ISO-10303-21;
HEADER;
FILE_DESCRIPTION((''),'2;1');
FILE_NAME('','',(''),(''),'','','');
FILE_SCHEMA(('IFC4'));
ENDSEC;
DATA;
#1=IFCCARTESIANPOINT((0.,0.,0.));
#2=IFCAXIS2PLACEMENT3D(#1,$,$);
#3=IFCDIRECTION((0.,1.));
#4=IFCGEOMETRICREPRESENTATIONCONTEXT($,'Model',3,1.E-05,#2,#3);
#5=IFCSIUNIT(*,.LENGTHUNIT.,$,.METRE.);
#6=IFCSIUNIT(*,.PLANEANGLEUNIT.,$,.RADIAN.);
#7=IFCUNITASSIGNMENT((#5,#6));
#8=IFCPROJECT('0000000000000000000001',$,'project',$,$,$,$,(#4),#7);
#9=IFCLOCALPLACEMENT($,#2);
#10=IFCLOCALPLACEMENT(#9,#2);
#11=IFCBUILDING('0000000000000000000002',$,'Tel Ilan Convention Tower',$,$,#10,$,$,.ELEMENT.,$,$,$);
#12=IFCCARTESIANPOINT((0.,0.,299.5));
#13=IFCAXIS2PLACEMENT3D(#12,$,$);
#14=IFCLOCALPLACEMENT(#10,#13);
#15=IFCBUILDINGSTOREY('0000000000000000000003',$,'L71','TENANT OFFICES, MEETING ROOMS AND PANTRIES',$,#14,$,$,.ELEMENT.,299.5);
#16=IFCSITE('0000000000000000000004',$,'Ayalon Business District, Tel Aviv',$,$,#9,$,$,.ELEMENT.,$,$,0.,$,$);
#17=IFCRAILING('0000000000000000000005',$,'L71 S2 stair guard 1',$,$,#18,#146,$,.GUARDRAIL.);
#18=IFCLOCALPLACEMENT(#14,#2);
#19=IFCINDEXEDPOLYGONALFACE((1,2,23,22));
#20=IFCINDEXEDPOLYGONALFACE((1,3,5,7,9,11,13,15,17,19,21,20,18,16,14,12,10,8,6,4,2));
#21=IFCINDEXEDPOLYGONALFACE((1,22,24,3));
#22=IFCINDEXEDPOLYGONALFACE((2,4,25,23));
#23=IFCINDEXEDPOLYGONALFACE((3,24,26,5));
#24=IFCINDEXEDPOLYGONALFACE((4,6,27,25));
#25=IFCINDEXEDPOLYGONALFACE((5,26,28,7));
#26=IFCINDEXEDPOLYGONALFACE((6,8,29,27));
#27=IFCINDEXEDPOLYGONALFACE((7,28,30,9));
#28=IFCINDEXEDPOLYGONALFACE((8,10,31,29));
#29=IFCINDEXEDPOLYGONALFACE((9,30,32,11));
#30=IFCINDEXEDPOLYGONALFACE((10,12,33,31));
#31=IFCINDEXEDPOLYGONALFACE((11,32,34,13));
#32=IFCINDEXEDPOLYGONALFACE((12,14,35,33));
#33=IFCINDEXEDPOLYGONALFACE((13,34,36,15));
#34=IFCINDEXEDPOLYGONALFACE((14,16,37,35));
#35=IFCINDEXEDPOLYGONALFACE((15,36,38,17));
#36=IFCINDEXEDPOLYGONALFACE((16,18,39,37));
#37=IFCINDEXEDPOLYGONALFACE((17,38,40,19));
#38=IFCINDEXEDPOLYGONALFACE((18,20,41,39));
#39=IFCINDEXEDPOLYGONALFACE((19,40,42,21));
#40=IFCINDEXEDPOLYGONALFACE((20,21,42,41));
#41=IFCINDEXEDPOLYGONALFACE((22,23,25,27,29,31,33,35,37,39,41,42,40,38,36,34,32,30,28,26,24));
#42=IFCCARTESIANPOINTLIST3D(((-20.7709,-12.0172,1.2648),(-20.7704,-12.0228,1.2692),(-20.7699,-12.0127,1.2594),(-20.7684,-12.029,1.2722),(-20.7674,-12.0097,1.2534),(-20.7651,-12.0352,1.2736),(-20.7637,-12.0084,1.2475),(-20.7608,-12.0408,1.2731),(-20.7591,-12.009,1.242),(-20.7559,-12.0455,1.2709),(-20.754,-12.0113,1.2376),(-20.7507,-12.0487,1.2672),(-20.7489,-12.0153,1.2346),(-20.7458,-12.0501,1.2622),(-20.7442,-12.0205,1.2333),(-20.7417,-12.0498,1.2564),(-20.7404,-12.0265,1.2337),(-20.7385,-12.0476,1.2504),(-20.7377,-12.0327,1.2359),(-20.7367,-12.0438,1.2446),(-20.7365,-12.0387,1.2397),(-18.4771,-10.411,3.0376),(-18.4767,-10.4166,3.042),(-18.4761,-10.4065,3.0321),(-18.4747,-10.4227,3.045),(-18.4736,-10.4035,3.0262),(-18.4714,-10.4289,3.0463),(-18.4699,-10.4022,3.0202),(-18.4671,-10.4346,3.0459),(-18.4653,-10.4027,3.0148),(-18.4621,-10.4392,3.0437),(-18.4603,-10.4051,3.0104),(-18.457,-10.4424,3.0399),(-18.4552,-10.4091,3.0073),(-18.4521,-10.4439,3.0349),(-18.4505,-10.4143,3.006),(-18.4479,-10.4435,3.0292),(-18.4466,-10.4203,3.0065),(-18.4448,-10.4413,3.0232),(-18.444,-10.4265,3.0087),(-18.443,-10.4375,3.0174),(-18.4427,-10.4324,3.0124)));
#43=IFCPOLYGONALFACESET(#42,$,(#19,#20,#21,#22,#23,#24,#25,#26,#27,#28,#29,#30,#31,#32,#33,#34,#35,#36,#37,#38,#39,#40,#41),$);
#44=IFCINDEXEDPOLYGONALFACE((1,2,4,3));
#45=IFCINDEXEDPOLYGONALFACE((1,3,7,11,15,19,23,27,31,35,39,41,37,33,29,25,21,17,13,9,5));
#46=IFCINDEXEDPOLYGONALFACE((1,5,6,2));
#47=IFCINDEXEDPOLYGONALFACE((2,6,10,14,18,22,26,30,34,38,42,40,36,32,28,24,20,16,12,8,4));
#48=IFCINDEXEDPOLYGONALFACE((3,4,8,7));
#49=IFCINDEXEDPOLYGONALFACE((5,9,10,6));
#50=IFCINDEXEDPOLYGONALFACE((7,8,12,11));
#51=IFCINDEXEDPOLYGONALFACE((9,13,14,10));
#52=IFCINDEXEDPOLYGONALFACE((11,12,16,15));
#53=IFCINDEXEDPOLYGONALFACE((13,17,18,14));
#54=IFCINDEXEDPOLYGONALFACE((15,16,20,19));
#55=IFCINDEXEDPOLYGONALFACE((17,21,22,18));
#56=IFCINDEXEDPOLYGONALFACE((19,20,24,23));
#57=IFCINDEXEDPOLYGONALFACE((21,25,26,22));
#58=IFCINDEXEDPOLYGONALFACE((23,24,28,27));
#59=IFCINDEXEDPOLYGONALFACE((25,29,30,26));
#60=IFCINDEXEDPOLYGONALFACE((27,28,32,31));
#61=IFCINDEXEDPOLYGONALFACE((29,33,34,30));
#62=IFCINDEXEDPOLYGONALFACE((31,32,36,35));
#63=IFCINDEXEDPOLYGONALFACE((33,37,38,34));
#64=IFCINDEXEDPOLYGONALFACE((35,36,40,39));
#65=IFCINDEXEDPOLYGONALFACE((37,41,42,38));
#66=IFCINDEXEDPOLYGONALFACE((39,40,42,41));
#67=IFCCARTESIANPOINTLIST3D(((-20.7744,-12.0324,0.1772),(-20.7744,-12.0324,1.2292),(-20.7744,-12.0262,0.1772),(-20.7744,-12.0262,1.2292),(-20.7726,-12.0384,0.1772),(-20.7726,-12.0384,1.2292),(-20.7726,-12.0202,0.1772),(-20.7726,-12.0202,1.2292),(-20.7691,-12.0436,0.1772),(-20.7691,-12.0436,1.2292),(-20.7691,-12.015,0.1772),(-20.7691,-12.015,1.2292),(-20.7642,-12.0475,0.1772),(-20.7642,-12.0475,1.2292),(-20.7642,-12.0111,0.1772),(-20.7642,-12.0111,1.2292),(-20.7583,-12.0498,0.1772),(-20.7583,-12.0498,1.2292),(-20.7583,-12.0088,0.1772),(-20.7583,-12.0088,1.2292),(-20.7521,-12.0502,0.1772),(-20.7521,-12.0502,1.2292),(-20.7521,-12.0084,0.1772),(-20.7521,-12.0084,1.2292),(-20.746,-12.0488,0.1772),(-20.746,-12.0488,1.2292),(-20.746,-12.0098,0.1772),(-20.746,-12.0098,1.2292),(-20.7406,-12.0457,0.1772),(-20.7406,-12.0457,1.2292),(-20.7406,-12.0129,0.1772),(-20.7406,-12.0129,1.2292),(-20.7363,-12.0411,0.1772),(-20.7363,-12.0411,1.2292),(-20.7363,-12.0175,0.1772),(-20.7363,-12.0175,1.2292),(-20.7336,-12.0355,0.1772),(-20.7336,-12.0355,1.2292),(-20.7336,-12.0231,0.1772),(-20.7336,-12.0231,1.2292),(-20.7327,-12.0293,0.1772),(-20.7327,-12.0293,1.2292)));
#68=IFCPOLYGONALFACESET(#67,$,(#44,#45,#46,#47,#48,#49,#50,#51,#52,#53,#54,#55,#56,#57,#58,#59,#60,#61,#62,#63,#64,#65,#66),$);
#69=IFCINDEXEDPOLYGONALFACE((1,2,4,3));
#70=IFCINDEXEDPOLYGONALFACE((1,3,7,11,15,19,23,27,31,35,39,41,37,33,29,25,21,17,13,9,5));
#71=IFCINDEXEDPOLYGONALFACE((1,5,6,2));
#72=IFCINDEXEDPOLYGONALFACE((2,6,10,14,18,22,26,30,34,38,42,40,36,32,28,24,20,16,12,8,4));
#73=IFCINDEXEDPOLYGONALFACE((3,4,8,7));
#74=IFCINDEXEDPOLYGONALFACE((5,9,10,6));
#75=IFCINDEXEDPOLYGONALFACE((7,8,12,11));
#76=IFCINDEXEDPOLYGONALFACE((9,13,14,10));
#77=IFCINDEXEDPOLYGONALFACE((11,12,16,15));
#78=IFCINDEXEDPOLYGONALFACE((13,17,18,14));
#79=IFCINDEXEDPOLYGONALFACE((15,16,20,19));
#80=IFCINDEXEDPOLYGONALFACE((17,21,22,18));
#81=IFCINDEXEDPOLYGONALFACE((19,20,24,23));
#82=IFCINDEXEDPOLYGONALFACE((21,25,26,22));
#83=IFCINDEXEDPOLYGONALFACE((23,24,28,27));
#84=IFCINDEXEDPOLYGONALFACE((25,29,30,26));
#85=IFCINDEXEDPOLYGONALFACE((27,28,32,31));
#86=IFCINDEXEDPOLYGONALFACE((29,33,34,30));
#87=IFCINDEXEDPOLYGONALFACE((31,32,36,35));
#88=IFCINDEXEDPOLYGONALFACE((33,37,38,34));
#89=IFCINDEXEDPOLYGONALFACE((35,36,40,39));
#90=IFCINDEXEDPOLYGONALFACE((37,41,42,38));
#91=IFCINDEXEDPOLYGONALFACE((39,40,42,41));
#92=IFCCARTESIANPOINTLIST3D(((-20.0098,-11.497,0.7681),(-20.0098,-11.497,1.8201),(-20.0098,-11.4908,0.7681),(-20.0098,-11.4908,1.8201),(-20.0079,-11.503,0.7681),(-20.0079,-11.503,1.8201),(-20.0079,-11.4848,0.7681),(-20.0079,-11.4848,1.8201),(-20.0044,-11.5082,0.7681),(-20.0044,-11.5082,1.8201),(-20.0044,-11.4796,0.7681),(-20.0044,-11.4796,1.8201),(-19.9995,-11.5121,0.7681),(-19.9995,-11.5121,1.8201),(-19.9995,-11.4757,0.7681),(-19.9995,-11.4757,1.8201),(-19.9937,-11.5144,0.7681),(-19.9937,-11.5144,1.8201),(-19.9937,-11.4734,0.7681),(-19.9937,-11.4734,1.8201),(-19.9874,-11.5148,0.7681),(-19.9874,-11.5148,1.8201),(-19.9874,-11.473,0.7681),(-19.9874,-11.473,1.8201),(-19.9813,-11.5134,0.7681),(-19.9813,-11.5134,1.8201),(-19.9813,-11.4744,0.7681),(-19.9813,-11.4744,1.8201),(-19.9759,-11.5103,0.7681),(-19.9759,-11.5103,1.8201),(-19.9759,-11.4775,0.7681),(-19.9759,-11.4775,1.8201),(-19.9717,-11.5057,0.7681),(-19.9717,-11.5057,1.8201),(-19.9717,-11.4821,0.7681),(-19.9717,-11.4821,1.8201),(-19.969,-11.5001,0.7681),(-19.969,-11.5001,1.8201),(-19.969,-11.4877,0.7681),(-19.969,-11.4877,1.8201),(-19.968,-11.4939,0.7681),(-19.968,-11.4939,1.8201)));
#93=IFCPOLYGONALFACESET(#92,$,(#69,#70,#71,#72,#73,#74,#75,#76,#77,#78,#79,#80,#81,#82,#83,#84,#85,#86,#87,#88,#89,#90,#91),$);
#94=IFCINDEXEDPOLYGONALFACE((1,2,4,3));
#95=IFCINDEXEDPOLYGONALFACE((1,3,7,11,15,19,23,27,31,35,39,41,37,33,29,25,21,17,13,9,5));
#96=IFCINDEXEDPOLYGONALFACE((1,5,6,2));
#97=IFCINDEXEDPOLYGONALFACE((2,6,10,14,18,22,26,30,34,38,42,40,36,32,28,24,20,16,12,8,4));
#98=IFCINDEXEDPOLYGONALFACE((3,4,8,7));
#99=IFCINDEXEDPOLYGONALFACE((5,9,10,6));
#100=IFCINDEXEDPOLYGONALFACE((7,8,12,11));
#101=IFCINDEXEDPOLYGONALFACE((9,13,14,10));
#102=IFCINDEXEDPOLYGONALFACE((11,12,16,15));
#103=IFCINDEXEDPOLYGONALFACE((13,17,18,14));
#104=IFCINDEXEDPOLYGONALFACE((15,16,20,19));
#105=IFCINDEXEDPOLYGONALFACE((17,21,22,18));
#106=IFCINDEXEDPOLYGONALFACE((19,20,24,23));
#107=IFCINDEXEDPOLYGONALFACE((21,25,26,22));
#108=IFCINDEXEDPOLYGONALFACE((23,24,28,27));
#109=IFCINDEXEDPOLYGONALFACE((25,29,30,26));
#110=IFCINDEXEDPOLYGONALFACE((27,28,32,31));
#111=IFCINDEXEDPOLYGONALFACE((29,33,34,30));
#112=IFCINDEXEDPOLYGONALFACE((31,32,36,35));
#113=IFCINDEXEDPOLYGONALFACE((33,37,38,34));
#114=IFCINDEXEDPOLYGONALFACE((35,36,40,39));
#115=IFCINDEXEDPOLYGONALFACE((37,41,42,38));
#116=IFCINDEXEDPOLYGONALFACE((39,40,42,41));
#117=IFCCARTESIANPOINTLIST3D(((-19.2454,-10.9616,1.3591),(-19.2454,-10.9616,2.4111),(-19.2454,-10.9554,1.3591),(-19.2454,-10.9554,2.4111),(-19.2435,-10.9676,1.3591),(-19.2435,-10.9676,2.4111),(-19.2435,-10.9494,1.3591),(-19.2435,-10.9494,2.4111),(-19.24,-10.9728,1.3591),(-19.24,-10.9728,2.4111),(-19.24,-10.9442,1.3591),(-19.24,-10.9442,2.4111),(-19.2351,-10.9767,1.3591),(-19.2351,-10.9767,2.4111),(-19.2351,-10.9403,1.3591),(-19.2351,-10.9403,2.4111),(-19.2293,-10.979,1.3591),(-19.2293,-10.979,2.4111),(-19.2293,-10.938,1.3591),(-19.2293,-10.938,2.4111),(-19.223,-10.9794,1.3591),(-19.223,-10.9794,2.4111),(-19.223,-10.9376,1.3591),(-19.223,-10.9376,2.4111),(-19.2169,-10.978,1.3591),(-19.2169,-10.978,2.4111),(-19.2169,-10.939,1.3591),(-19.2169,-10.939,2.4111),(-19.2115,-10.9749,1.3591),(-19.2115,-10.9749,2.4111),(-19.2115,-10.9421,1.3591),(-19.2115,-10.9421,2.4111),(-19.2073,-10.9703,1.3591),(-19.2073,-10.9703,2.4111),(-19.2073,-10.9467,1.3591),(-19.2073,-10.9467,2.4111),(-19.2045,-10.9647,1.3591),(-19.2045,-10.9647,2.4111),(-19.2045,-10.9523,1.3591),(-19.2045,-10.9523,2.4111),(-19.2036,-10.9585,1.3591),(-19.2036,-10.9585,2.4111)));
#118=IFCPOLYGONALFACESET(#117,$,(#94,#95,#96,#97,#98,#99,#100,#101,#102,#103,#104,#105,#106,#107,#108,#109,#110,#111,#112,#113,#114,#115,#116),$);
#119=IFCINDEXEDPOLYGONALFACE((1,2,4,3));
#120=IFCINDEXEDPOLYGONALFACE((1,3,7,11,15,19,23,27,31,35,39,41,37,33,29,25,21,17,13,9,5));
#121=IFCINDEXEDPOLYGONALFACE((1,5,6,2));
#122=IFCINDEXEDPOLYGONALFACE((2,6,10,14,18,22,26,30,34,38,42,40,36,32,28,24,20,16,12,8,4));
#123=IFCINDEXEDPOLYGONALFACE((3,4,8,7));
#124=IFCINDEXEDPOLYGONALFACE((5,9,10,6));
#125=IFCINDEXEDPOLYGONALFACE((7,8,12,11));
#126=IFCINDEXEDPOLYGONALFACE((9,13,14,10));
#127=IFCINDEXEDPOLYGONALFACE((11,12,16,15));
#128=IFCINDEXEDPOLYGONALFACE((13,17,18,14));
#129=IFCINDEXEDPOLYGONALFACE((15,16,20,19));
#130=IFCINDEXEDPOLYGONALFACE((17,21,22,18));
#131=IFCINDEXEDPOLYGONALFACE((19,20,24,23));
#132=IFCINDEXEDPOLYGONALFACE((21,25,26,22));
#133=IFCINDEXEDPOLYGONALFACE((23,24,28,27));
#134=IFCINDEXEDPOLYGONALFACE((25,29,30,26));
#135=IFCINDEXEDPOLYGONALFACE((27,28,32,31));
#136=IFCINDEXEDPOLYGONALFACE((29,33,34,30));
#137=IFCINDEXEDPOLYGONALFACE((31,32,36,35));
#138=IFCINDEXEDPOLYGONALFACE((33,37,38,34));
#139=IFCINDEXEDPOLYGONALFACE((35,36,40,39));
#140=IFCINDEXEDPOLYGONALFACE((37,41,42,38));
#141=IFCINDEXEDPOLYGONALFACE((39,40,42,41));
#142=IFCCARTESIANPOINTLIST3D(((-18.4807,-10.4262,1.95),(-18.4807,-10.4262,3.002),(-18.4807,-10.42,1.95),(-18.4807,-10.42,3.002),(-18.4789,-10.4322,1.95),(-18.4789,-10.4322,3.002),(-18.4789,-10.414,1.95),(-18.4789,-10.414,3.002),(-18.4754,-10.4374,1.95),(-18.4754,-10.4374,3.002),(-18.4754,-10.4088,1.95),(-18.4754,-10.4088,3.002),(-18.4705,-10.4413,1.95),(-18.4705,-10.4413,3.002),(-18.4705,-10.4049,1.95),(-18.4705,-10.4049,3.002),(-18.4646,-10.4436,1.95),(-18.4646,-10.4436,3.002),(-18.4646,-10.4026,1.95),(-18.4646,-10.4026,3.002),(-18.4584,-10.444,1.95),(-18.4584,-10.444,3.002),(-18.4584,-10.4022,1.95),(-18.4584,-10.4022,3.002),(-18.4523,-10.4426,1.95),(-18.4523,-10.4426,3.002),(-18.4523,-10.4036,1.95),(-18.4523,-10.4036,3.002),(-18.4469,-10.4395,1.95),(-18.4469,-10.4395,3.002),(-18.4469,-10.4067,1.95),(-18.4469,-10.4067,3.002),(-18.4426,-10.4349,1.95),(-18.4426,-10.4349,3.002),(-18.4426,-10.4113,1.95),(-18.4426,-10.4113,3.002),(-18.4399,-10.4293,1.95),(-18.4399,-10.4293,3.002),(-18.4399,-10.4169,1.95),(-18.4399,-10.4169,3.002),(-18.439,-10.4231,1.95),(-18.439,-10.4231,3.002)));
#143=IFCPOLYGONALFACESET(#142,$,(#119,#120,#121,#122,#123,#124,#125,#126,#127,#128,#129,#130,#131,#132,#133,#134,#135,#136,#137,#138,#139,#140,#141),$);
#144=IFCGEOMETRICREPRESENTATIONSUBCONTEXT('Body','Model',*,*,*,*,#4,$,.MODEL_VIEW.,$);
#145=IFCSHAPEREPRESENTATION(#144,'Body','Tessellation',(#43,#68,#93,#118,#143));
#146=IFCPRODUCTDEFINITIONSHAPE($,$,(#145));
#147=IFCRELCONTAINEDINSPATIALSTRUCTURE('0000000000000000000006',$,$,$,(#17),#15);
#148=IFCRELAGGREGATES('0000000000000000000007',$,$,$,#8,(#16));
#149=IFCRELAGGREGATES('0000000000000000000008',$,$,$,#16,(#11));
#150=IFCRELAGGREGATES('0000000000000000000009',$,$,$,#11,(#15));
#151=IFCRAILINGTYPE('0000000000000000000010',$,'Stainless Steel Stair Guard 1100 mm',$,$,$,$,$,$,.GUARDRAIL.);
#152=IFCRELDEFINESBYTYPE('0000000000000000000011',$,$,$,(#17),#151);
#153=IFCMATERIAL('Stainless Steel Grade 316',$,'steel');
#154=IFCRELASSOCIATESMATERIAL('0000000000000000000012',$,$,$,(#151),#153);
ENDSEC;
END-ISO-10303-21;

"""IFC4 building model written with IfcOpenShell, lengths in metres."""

from ifc_helpers import new_model, si_unit, direction, frame, origin, origin_2d, place, context, subcontext, project, spatial, circle, extrude, material, type_object, element, save


model = new_model("IFC4")

# Units and contexts
model_context = context("Model", 3, precision=1e-05, world=origin(), true_north=direction((0.0, 1.0)))
body_context = subcontext(model_context, "Body", "Model", "MODEL_VIEW")
ifc_project = project(units=[si_unit("LENGTHUNIT", "METRE"), si_unit("PLANEANGLEUNIT", "RADIAN")], contexts=[model_context])

# Site, building, storey
site_placement = place(None, origin())
site = spatial("IfcSite", under=ifc_project, at=site_placement, Name="Ayalon Business District, Tel Aviv", CompositionType="ELEMENT", RefElevation=0.0)
building_placement = place(site_placement, origin())
building = spatial("IfcBuilding", under=site, at=building_placement, Name="Tel Ilan Convention Tower", CompositionType="ELEMENT")
storey_placement = place(building_placement, frame((0.0, 0.0, 299.5)))
storey = spatial("IfcBuildingStorey", under=building, at=storey_placement, Name="L71", Description="TENANT OFFICES, MEETING ROOMS AND PANTRIES", CompositionType="ELEMENT", Elevation=299.5)

# Railing
ifc_material_1 = material(Name="Stainless Steel Grade 316", Category="steel")
railing_type_1 = type_object("IfcRailingType", Name="Stainless Steel Stair Guard 1100 mm", PredefinedType="GUARDRAIL", material=ifc_material_1)
railing_1_placement = place(storey_placement, frame((-20.7537, -12.0293, 0.1772)))
element("IfcRailing", 1, at=railing_1_placement, inside=storey, type_object=railing_type_1, Name="L71 S2 stair guard 1", PredefinedType="GUARDRAIL", context=body_context, shape_type="SweptSolid", body=[
    extrude(circle(Radius=0.0239, at=origin_2d()), frame((0.0, 0.0, 1.0762), z_axis=(0.692098, 0.484653, 0.534894), x_axis=(-0.573609, 0.81913, 0.0)), (0.0, 0.0, 1.0), 3.3142),
    extrude(circle(Radius=0.021, at=origin_2d()), origin(), (0.0, 0.0, 1.0), 1.052),
    extrude(circle(Radius=0.021, at=origin_2d()), frame((0.7646, 0.5354, 0.5908)), (0.0, 0.0, 1.0), 1.052),
    extrude(circle(Radius=0.021, at=origin_2d()), frame((1.5291, 1.0708, 1.1819)), (0.0, 0.0, 1.0), 1.052),
    extrude(circle(Radius=0.021, at=origin_2d()), frame((2.2937, 1.6062, 1.7727)), (0.0, 0.0, 1.0), 1.052),
])

save(model, "model.ifc")
